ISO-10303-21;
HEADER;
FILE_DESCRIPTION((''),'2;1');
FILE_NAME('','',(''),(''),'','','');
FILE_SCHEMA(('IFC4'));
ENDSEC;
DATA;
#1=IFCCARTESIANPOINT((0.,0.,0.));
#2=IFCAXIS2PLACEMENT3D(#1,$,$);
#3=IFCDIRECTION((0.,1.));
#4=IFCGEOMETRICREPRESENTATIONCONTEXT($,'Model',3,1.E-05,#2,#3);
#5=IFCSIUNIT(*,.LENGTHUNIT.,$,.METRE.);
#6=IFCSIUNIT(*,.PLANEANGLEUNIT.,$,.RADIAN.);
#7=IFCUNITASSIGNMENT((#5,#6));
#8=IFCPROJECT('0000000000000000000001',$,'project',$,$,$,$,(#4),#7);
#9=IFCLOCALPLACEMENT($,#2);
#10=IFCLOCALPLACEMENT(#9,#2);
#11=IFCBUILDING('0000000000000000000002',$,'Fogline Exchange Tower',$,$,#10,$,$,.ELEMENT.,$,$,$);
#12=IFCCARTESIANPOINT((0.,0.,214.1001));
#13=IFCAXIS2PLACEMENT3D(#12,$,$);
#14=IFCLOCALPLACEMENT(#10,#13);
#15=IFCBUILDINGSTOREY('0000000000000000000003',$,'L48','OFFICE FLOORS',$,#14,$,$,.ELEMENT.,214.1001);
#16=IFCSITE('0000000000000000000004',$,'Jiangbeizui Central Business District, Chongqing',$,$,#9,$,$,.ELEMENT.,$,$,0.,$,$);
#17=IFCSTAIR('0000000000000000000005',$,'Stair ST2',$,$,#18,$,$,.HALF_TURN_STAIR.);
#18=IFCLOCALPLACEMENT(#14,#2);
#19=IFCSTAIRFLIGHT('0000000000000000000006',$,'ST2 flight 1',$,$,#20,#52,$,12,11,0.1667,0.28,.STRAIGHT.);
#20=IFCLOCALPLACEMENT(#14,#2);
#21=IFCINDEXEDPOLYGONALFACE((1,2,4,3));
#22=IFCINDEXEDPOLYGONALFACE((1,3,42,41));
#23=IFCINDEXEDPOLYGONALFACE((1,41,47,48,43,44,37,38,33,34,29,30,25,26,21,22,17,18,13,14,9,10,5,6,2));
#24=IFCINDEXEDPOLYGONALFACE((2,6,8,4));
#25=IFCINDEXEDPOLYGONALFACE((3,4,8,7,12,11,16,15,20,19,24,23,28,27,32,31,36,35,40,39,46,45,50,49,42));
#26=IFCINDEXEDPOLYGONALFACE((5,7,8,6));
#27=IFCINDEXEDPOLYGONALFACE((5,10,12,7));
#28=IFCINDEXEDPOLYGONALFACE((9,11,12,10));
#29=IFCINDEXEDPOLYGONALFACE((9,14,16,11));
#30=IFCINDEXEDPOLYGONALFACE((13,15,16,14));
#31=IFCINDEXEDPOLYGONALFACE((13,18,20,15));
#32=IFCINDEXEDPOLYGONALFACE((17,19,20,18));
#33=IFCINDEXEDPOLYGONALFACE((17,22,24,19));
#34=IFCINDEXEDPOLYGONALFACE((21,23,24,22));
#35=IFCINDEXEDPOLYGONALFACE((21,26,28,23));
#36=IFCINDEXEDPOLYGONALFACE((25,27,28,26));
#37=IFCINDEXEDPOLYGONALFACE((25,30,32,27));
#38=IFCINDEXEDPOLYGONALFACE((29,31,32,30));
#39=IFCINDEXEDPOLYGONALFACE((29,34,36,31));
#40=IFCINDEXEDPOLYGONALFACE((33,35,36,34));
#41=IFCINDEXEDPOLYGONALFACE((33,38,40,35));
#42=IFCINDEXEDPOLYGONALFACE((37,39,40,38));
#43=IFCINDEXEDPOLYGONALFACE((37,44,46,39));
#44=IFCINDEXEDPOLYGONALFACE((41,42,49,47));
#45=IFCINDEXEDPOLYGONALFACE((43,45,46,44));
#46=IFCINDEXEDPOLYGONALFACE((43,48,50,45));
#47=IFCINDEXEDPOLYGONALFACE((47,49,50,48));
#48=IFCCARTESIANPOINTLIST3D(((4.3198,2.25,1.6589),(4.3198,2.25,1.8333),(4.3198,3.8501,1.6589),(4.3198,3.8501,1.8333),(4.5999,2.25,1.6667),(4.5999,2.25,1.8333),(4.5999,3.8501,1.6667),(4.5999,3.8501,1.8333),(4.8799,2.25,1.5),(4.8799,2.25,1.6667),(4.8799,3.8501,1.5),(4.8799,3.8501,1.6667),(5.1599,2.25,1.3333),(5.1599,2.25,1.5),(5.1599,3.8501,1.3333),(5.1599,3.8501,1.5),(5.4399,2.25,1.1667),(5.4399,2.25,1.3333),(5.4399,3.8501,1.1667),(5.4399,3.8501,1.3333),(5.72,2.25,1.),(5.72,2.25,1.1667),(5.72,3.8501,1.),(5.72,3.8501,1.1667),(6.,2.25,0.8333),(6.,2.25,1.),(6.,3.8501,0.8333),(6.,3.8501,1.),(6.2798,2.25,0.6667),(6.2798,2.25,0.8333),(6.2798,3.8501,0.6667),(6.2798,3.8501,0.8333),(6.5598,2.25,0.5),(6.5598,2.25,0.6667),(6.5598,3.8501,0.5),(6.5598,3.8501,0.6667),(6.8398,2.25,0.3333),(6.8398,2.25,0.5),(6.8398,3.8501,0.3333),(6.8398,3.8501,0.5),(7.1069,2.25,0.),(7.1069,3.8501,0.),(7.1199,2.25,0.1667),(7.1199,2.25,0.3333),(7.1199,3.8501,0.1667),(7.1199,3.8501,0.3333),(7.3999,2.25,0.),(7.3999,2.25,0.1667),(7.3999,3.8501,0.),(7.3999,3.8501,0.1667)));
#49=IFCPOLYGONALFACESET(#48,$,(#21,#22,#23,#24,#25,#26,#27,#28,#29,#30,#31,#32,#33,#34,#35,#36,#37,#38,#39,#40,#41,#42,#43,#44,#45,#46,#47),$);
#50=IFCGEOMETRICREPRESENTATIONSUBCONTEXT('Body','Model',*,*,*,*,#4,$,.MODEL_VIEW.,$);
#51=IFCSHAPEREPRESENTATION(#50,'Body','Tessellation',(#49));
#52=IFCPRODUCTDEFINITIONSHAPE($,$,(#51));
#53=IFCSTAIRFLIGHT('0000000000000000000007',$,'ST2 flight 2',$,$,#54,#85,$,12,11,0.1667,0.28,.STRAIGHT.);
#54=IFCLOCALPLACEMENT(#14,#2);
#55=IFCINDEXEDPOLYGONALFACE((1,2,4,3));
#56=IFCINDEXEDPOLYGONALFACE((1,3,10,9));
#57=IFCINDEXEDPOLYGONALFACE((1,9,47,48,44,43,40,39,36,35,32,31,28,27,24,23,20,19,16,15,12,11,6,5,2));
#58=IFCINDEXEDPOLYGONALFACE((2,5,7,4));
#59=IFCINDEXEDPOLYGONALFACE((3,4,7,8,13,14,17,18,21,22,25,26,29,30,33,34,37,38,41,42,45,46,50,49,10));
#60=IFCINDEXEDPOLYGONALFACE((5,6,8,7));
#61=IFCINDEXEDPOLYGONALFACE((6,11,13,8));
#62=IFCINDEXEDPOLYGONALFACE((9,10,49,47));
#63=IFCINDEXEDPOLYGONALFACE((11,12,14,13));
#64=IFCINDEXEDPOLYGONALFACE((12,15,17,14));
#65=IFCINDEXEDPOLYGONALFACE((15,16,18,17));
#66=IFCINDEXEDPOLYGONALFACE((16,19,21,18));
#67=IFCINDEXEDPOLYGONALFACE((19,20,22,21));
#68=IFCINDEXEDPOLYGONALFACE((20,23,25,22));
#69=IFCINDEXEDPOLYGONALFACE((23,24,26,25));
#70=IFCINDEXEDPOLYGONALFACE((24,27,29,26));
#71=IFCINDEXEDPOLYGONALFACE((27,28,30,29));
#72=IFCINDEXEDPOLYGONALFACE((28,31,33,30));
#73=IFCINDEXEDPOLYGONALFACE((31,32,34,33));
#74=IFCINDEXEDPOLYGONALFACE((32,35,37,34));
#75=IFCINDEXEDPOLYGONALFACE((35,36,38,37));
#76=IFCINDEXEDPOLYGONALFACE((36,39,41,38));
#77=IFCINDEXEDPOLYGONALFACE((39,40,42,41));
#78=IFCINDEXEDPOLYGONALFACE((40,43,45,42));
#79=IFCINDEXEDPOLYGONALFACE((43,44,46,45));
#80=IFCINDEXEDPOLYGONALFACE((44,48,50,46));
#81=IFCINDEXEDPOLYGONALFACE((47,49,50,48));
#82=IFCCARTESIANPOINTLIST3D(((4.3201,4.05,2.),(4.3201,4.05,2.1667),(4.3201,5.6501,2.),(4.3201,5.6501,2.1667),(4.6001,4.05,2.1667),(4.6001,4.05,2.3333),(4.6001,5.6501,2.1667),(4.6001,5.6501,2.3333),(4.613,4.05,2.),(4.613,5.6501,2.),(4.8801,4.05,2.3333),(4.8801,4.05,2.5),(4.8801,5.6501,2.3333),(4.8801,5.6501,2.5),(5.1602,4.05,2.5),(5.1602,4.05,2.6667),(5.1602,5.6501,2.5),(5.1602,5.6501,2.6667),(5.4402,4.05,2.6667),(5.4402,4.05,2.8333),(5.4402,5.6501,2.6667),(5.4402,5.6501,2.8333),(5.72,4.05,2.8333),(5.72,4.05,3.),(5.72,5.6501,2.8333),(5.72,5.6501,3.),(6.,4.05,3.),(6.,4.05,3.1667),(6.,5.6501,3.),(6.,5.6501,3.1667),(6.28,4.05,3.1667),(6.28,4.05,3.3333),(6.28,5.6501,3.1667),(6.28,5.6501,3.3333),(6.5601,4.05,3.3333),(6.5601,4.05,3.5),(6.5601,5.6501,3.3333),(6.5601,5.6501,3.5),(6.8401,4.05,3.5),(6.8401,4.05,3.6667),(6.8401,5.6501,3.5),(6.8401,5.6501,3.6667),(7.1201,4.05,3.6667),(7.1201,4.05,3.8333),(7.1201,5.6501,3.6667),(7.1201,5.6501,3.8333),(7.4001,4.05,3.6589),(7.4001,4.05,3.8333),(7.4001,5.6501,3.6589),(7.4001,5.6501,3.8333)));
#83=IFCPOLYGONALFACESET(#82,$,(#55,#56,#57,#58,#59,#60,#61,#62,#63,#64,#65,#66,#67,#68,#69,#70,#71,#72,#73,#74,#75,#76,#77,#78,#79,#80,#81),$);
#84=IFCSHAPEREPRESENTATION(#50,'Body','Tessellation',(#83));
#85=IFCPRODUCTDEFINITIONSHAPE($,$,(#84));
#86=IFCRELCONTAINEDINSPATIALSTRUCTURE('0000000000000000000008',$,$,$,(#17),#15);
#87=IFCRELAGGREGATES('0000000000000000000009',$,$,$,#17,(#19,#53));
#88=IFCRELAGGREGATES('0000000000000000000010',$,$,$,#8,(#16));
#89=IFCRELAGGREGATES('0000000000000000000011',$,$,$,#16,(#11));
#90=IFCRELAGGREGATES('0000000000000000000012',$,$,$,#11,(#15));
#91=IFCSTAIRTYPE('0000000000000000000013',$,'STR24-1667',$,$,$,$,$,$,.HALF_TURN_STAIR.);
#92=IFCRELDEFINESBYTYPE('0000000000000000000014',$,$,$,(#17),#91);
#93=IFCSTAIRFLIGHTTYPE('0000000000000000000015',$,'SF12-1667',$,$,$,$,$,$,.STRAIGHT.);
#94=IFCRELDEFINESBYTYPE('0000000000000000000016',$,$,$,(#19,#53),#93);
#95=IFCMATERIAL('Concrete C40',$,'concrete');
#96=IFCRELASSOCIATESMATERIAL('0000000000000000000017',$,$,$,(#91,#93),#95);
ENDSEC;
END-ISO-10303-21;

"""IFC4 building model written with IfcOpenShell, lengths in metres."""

from ifc_helpers import new_model, si_unit, direction, frame, origin, place, context, subcontext, project, spatial, polyline, outline, extrude, material, type_object, element, aggregate, save


model = new_model("IFC4")

# Units and contexts
model_context = context("Model", 3, precision=1e-05, world=origin(), true_north=direction((0.0, 1.0)))
body_context = subcontext(model_context, "Body", "Model", "MODEL_VIEW")
ifc_project = project(units=[si_unit("LENGTHUNIT", "METRE"), si_unit("PLANEANGLEUNIT", "RADIAN")], contexts=[model_context])

# Site, building, storey
site_placement = place(None, origin())
site = spatial("IfcSite", under=ifc_project, at=site_placement, Name="Jiangbeizui Central Business District, Chongqing", CompositionType="ELEMENT", RefElevation=0.0)
building_placement = place(site_placement, origin())
building = spatial("IfcBuilding", under=site, at=building_placement, Name="Fogline Exchange Tower", CompositionType="ELEMENT")
storey_placement = place(building_placement, frame((0.0, 0.0, 214.1001)))
storey = spatial("IfcBuildingStorey", under=building, at=storey_placement, Name="L48", Description="OFFICE FLOORS", CompositionType="ELEMENT", Elevation=214.1001)

# Shared definitions
ifc_material_1 = material(Name="Concrete C40", Category="concrete")

# Stair
stair_type = type_object("IfcStairType", Name="STR24-1667", PredefinedType="HALF_TURN_STAIR", material=ifc_material_1)
stair_1_placement = place(storey_placement, origin())
stair_1 = element("IfcStair", 1, at=stair_1_placement, inside=storey, type_object=stair_type, Name="Stair ST2", PredefinedType="HALF_TURN_STAIR")

# Stair flights
stair_flight_type = type_object("IfcStairFlightType", Name="SF12-1667", PredefinedType="STRAIGHT", material=ifc_material_1)
stair_flight_1_placement = place(storey_placement, frame((7.3999, 3.05, 0.0), z_axis=(0.0, 0.0, 1.0), x_axis=(-1.0, 0.0, 0.0)))
stair_flight_1 = element("IfcStairFlight", 2, at=stair_flight_1_placement, type_object=stair_flight_type, Name="ST2 flight 1", NumberOfRisers=12, NumberOfTreads=11, PredefinedType="STRAIGHT", RiserHeight=0.1667, TreadLength=0.28, context=body_context, shape_type="SweptSolid", body=[
    extrude(outline(polyline([(0.0, 0.0), (0.0, 0.1667), (0.28, 0.1667), (0.28, 0.3333), (0.5601, 0.3333), (0.5601, 0.5), (0.8401, 0.5), (0.8401, 0.6667), (1.1201, 0.6667), (1.1201, 0.8333), (1.3999, 0.8333), (1.3999, 1.0), (1.6799, 1.0), (1.6799, 1.1667), (1.96, 1.1667), (1.96, 1.3333), (2.24, 1.3333), (2.24, 1.5), (2.52, 1.5), (2.52, 1.6667), (2.8, 1.6667), (2.8, 1.8333), (3.0801, 1.8333), (3.0801, 2.0), (3.0801, 1.6589), (0.293, 0.0), (0.0, 0.0)])), frame((0.0, 0.8, 0.0), z_axis=(0.0, -1.0, 0.0), x_axis=(1.0, 0.0, 0.0)), (0.0, 0.0, 1.0), 1.6001),
])
stair_flight_2_placement = place(storey_placement, frame((4.3201, 4.8501, 2.0), z_axis=(0.0, 0.0, 1.0), x_axis=(1.0, 0.0, 0.0)))
stair_flight_2 = element("IfcStairFlight", 3, at=stair_flight_2_placement, type_object=stair_flight_type, Name="ST2 flight 2", NumberOfRisers=12, NumberOfTreads=11, PredefinedType="STRAIGHT", RiserHeight=0.1667, TreadLength=0.28, context=body_context, shape_type="SweptSolid", body=[
    extrude(outline(polyline([(0.0, 0.0), (0.0, 0.1667), (0.28, 0.1667), (0.28, 0.3333), (0.5601, 0.3333), (0.5601, 0.5), (0.8401, 0.5), (0.8401, 0.6667), (1.1201, 0.6667), (1.1201, 0.8333), (1.3999, 0.8333), (1.3999, 1.0), (1.6799, 1.0), (1.6799, 1.1667), (1.96, 1.1667), (1.96, 1.3333), (2.24, 1.3333), (2.24, 1.5), (2.52, 1.5), (2.52, 1.6667), (2.8, 1.6667), (2.8, 1.8333), (3.0801, 1.8333), (3.0801, 2.0), (3.0801, 1.6589), (0.293, 0.0), (0.0, 0.0)])), frame((0.0, 0.8, 0.0), z_axis=(0.0, -1.0, 0.0), x_axis=(1.0, 0.0, 0.0)), (0.0, 0.0, 1.0), 1.6001),
])
aggregate(stair_1, [stair_flight_1, stair_flight_2])

save(model, "model.ifc")
